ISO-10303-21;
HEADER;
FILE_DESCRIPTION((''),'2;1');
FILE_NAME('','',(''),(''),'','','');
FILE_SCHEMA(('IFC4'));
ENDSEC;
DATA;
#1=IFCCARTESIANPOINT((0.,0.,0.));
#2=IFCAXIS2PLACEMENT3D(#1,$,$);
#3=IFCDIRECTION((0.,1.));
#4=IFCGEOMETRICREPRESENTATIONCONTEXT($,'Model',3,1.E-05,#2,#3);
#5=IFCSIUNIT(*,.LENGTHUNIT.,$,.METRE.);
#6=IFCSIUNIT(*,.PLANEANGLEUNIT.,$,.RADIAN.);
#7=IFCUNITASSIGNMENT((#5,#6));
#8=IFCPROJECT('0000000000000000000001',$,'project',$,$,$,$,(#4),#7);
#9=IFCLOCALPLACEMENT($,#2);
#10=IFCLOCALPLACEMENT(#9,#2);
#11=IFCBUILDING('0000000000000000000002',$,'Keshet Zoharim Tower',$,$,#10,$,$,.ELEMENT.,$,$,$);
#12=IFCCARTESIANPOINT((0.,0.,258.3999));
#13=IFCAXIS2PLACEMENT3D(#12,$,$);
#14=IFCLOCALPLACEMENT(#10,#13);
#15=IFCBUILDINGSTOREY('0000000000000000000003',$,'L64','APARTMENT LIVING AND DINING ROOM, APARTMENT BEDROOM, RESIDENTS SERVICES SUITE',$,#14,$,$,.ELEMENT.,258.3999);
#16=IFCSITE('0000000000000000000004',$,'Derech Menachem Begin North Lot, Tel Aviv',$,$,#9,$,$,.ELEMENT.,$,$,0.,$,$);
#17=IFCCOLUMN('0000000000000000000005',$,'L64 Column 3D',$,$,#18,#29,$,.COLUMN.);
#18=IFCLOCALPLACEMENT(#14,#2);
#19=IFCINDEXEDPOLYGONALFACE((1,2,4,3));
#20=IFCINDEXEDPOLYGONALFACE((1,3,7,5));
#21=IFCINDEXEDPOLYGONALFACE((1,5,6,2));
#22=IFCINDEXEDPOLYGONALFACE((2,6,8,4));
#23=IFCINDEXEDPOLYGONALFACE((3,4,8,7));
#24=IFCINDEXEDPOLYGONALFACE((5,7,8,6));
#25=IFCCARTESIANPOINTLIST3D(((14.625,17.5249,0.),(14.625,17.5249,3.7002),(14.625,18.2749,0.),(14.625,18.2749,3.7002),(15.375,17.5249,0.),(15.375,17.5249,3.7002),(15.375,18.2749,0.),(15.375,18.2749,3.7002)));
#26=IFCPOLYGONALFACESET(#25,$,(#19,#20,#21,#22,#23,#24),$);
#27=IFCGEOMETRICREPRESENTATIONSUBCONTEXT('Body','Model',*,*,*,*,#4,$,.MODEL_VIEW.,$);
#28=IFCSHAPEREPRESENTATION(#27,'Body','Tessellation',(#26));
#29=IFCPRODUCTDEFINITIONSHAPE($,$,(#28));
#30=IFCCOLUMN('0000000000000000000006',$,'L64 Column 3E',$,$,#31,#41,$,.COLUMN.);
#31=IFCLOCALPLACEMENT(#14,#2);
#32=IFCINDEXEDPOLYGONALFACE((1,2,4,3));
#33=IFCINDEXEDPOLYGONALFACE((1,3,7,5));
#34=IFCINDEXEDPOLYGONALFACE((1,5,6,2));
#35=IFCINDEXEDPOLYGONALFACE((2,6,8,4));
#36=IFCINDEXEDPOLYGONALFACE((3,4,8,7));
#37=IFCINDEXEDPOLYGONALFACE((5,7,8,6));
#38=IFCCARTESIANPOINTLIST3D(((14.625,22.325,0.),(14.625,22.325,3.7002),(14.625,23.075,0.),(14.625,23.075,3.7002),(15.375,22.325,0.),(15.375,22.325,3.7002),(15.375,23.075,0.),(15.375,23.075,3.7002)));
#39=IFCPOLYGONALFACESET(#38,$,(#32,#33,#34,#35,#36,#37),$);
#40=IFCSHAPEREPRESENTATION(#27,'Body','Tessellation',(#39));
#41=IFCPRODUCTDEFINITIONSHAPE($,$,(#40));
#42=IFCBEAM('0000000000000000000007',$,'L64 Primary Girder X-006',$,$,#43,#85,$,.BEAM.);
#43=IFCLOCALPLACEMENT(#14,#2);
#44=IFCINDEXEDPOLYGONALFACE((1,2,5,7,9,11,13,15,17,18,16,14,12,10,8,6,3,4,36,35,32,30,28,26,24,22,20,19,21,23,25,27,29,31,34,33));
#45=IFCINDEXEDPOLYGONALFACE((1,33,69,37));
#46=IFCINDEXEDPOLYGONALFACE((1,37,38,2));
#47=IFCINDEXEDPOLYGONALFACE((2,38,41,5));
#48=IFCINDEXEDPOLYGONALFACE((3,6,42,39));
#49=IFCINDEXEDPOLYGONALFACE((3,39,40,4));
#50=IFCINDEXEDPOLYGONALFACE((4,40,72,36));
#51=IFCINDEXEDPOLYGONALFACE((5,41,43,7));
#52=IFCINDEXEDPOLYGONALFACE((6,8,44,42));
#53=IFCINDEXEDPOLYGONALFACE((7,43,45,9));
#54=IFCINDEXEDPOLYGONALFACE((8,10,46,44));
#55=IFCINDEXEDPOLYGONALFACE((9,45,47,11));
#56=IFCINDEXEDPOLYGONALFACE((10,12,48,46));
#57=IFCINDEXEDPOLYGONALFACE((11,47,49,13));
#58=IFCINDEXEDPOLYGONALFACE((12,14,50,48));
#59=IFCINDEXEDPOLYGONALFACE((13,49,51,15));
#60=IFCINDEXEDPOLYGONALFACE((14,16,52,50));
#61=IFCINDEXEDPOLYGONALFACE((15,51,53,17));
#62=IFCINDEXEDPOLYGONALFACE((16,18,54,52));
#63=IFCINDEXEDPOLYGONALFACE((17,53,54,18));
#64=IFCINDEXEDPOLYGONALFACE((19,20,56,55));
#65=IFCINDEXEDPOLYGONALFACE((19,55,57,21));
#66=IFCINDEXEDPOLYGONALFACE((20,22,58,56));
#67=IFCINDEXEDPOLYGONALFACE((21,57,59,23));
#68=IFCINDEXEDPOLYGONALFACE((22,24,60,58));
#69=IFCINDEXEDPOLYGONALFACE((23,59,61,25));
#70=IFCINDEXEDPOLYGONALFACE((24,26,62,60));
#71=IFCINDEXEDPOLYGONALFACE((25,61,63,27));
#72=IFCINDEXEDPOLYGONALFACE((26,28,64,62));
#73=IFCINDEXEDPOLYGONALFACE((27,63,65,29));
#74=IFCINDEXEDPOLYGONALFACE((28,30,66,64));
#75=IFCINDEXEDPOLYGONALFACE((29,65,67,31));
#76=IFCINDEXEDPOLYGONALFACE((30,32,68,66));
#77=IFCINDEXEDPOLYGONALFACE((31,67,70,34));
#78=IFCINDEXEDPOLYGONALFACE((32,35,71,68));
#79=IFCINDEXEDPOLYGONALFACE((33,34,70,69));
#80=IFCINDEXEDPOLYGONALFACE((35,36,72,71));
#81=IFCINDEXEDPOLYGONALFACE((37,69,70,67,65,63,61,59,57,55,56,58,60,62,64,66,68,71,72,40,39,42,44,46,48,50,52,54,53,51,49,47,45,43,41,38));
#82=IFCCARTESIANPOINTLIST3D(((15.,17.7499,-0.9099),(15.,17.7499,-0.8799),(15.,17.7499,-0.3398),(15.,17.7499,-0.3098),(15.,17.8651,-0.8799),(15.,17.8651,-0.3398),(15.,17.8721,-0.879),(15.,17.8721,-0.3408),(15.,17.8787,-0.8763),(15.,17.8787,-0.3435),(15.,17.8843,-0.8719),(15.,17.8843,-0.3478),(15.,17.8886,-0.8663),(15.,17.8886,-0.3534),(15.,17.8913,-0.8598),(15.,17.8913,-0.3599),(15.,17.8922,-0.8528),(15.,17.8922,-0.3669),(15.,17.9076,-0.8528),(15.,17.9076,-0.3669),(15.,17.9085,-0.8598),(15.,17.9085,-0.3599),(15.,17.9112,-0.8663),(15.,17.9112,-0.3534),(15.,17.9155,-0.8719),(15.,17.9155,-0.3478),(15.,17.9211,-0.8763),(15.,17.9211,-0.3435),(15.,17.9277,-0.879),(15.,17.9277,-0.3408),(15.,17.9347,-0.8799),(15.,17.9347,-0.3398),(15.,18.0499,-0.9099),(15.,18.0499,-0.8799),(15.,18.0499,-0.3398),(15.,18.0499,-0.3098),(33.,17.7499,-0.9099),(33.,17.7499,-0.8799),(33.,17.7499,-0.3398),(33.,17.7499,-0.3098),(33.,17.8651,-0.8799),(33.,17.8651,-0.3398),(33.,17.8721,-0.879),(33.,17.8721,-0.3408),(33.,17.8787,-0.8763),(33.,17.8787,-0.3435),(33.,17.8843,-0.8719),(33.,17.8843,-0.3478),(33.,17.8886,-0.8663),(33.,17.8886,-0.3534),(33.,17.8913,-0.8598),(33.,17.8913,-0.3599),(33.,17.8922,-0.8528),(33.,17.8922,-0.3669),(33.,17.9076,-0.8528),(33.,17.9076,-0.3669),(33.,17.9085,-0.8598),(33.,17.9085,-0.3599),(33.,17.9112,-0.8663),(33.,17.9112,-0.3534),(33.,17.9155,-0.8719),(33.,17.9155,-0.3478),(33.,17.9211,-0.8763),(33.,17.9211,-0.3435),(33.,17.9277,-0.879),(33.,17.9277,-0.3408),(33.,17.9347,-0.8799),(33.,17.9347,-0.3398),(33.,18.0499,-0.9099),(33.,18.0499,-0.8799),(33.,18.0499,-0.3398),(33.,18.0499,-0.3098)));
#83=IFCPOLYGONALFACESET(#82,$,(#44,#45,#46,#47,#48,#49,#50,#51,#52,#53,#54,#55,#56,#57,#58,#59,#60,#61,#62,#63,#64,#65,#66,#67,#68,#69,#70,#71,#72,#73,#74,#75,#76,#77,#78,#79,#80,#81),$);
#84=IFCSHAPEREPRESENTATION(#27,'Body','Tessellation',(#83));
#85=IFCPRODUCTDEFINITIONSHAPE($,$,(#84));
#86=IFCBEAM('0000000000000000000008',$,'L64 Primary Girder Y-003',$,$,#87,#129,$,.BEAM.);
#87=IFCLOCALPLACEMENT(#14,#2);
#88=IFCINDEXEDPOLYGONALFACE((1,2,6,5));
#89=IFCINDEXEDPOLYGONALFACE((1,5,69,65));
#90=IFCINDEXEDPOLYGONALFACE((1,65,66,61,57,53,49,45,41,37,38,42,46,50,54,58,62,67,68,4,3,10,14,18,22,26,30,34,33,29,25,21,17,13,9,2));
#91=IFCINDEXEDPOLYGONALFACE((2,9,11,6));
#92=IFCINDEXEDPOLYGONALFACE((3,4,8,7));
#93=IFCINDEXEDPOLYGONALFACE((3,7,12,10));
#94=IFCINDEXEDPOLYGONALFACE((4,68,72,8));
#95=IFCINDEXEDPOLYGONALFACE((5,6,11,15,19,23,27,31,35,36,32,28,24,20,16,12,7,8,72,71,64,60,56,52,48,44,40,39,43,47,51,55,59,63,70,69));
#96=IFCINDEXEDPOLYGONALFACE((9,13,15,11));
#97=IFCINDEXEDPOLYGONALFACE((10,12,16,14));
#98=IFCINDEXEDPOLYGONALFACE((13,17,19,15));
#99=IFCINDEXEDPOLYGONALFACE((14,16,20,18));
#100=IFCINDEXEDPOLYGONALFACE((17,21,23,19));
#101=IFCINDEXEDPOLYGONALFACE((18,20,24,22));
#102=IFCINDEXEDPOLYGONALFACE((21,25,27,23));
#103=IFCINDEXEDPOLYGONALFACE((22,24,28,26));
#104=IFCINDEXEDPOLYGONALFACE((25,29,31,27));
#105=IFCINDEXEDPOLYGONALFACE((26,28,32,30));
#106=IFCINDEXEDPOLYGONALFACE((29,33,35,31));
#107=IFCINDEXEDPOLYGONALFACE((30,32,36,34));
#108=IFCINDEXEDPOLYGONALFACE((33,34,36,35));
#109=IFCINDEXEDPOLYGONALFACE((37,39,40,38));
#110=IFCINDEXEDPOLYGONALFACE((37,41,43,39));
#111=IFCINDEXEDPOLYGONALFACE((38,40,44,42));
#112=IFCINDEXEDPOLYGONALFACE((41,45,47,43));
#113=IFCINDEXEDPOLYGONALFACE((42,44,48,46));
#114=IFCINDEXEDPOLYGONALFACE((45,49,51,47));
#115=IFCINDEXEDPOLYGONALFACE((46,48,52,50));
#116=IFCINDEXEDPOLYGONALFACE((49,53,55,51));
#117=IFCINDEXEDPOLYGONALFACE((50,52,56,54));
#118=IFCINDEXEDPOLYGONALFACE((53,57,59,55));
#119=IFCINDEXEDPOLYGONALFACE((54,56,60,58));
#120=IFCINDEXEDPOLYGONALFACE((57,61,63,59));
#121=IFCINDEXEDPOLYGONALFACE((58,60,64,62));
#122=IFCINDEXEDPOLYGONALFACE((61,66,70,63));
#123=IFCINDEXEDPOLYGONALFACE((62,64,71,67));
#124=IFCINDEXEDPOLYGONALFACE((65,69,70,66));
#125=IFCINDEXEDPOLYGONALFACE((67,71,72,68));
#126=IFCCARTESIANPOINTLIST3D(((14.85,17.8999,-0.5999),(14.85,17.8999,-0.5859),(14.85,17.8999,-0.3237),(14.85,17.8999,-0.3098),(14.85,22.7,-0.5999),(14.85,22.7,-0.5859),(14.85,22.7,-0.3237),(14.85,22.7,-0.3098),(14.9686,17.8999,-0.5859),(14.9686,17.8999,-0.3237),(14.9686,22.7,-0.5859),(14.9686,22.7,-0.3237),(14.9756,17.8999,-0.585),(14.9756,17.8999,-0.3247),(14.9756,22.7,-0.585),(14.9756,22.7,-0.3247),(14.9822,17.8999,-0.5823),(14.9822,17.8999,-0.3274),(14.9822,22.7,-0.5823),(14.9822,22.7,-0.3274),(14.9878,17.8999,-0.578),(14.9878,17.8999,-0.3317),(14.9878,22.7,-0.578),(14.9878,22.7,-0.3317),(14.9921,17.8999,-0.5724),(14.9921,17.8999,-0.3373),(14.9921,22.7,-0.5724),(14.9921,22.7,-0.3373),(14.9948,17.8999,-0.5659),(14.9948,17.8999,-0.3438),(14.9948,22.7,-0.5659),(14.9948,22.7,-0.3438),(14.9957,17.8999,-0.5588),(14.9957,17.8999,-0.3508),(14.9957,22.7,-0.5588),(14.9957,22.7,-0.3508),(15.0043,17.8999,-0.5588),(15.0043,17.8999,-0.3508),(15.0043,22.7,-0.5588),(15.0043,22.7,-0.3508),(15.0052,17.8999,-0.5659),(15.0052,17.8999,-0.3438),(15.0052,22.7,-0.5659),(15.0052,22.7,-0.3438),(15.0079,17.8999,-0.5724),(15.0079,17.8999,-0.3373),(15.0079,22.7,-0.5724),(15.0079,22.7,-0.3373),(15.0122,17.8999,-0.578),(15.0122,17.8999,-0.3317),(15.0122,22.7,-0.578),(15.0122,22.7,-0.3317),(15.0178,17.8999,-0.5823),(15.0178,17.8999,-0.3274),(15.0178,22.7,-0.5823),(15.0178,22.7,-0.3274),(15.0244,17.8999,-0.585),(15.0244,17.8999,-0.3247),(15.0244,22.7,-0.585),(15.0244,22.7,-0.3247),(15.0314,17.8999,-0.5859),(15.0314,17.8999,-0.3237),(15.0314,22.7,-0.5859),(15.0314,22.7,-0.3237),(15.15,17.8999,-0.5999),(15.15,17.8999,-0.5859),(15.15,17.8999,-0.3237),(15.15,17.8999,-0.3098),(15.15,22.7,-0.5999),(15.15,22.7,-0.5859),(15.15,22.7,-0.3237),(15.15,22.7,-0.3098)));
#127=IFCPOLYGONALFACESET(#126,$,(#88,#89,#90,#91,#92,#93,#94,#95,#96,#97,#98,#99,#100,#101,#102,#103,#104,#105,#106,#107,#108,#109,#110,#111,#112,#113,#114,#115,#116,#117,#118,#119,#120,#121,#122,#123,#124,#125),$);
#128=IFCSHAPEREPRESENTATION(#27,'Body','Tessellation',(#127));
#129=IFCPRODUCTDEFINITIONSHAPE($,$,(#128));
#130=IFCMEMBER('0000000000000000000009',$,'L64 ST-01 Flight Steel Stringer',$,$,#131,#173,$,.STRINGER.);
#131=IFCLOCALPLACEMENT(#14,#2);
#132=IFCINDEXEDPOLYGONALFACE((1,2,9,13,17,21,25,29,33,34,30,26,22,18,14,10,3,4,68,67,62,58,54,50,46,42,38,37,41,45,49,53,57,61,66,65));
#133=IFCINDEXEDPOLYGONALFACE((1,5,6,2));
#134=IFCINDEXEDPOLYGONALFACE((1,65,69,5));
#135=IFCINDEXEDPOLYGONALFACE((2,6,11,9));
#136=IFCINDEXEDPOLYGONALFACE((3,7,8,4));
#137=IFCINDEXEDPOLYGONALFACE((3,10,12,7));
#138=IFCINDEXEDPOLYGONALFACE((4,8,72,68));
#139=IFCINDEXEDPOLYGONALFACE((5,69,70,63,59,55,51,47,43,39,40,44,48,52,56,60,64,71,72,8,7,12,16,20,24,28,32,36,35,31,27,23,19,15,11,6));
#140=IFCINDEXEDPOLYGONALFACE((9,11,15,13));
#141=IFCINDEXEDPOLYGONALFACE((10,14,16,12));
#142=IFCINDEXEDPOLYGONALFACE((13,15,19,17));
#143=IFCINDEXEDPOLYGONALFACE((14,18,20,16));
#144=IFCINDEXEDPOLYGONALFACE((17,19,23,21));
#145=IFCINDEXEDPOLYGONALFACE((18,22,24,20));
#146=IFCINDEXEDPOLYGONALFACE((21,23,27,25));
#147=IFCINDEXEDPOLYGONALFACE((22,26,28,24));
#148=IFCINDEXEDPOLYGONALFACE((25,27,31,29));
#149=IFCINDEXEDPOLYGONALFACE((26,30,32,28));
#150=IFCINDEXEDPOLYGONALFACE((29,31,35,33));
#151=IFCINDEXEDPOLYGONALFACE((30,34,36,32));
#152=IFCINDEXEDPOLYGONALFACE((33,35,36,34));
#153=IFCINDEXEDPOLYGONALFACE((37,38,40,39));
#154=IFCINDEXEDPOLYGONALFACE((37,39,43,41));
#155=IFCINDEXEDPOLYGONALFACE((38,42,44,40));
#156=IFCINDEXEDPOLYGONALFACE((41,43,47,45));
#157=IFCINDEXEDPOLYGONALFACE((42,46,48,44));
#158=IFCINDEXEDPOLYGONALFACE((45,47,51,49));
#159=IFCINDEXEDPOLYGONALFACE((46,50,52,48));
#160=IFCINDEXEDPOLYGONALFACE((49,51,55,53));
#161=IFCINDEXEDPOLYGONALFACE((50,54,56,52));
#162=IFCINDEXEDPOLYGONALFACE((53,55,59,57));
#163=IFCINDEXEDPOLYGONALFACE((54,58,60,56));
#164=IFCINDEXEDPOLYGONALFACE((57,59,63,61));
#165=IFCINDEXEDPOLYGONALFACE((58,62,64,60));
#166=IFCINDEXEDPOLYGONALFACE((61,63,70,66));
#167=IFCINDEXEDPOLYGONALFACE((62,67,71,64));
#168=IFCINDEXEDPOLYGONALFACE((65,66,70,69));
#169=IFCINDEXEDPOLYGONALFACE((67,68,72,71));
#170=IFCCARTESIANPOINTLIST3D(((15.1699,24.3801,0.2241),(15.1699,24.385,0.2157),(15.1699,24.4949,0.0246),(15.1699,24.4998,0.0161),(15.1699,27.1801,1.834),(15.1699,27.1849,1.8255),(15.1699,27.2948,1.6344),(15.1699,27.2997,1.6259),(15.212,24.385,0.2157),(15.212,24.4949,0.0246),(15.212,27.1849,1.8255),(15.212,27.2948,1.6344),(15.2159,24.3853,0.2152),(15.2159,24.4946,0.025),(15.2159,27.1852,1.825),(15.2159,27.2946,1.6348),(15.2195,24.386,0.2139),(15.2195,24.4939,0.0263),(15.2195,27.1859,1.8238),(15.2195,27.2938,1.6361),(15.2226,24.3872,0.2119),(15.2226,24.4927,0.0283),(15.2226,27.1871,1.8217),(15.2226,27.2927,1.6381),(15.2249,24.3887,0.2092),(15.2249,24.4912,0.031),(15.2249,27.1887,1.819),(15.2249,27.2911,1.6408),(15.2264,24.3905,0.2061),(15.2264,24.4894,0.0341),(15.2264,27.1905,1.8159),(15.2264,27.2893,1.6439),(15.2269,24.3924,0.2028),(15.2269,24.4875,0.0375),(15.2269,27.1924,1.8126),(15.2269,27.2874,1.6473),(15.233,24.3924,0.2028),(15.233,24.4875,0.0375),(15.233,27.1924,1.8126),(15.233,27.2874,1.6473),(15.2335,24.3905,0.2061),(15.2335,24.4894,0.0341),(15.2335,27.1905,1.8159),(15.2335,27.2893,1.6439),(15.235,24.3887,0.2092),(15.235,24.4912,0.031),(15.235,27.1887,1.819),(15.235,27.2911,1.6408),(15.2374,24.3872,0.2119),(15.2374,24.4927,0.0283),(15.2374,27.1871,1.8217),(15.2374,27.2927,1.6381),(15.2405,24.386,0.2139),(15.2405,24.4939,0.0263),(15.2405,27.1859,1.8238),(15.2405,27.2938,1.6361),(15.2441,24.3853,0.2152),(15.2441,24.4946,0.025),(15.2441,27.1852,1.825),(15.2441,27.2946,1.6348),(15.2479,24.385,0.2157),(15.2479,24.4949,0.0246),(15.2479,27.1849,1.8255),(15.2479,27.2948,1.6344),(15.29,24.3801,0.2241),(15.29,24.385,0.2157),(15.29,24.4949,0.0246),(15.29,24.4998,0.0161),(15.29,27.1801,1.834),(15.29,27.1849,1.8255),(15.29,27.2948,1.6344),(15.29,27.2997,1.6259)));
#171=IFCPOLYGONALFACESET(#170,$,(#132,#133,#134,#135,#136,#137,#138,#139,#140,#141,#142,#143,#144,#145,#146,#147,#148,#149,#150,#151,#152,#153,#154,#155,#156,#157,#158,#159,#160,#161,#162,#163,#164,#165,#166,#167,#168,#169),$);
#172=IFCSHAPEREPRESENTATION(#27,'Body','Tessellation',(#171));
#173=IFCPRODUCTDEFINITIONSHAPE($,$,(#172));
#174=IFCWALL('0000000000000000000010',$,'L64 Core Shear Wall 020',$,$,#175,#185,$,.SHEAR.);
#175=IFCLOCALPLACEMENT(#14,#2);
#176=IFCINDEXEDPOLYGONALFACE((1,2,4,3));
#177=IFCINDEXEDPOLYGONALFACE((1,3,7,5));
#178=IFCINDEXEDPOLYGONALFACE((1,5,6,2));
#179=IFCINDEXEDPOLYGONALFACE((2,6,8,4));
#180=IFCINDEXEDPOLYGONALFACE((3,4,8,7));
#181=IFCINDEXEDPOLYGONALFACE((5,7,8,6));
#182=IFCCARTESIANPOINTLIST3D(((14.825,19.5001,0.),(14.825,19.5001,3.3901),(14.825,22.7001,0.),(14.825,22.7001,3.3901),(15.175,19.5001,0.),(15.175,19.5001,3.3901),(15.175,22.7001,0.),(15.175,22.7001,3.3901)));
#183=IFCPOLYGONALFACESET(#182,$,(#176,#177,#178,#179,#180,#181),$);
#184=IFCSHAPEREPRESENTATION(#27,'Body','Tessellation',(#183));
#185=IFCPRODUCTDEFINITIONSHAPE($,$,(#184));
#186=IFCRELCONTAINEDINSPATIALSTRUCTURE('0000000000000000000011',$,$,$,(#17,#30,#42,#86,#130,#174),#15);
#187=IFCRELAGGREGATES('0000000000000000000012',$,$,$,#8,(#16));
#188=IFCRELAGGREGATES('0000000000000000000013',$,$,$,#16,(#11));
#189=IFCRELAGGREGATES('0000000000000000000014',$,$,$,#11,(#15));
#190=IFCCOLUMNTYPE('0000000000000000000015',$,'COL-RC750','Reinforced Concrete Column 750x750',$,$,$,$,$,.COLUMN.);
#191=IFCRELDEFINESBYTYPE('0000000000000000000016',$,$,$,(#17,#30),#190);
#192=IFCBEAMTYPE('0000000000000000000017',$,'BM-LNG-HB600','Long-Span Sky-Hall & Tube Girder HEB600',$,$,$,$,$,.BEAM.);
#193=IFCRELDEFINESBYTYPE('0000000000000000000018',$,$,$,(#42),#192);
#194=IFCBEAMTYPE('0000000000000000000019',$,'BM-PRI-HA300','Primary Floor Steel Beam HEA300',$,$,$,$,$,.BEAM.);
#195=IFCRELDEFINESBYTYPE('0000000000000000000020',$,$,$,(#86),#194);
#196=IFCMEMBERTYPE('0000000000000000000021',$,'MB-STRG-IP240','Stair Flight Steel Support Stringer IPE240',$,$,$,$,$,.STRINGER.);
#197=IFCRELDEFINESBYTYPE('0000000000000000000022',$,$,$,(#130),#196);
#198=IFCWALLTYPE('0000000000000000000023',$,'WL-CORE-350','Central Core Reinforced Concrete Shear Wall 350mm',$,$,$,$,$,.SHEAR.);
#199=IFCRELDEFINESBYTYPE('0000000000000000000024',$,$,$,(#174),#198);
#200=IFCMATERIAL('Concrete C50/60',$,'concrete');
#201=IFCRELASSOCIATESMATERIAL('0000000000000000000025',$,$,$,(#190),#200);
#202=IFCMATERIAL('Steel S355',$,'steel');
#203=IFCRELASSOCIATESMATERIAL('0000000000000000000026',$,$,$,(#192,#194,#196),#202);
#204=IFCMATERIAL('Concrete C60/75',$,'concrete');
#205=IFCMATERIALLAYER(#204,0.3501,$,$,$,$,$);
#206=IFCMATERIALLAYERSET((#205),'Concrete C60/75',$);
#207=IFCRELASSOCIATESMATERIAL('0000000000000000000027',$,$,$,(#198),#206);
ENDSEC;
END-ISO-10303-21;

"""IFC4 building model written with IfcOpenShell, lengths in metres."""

from ifc_helpers import new_model, si_unit, direction, frame, frame_2d, origin, origin_2d, place, context, subcontext, project, spatial, rectangle, i_section, extrude, material, layer, layer_set, material_profile, profile_set, type_object, element, save


model = new_model("IFC4")

# Units and contexts
model_context = context("Model", 3, precision=1e-05, world=origin(), true_north=direction((0.0, 1.0)))
body_context = subcontext(model_context, "Body", "Model", "MODEL_VIEW")
ifc_project = project(units=[si_unit("LENGTHUNIT", "METRE"), si_unit("PLANEANGLEUNIT", "RADIAN")], contexts=[model_context])

# Site, building, storey
site_placement = place(None, origin())
site = spatial("IfcSite", under=ifc_project, at=site_placement, Name="Derech Menachem Begin North Lot, Tel Aviv", CompositionType="ELEMENT", RefElevation=0.0)
building_placement = place(site_placement, origin())
building = spatial("IfcBuilding", under=site, at=building_placement, Name="Keshet Zoharim Tower", CompositionType="ELEMENT")
storey_placement = place(building_placement, frame((0.0, 0.0, 258.3999)))
storey = spatial("IfcBuildingStorey", under=building, at=storey_placement, Name="L64", Description="APARTMENT LIVING AND DINING ROOM, APARTMENT BEDROOM, RESIDENTS SERVICES SUITE", CompositionType="ELEMENT", Elevation=258.3999)

# Columns
ifc_material_1 = material(Name="Concrete C50/60", Category="concrete")
ifc_material_profile_1 = material_profile(ifc_material_1, rectangle(XDim=0.75, YDim=0.75, at=origin_2d()), Name="RC750x750")
ifc_profile_set_1 = profile_set([ifc_material_profile_1], Name="Concrete C50/60")
column_type = type_object("IfcColumnType", Name="COL-RC750", Description="Reinforced Concrete Column 750x750", PredefinedType="COLUMN", material=ifc_profile_set_1)
for number, where, z_axis, x_axis, name in (
    (1, (15.0, 17.8999, 0.0), (0.0, 0.0, 1.0), (1.0, 0.0, 0.0), "L64 Column 3D"),
    (2, (15.0, 22.7, 0.0), (0.0, 0.0, 1.0), (1.0, 0.0, 0.0), "L64 Column 3E"),
):
    element("IfcColumn", number, at=place(storey_placement, frame(where, z_axis=z_axis, x_axis=x_axis)), inside=storey, type_object=column_type, Name=name, PredefinedType="COLUMN", context=body_context, shape_type="SweptSolid", body=[
        extrude(rectangle(XDim=0.75, YDim=0.75, at=origin_2d()), origin(), (0.0, 0.0, 1.0), 3.7002),
    ])

# Beams
ifc_material_2 = material(Name="Steel S355", Category="steel")
ifc_material_profile_2 = material_profile(ifc_material_2, i_section(OverallWidth=0.3, OverallDepth=0.6001, WebThickness=0.0154, FlangeThickness=0.03, FilletRadius=0.0271, at=origin_2d()), Name="HEB600")
ifc_profile_set_2 = profile_set([ifc_material_profile_2], Name="Steel S355")
beam_type_1 = type_object("IfcBeamType", Name="BM-LNG-HB600", Description="Long-Span Sky-Hall & Tube Girder HEB600", PredefinedType="BEAM", material=ifc_profile_set_2)
beam_1_placement = place(storey_placement, frame((15.0, 17.8999, -0.6099), z_axis=(1.0, 0.0, 0.0), x_axis=(0.0, 1.0, 0.0)))
element("IfcBeam", 3, at=beam_1_placement, inside=storey, type_object=beam_type_1, Name="L64 Primary Girder X-006", PredefinedType="BEAM", context=body_context, shape_type="SweptSolid", body=[
    extrude(i_section(OverallWidth=0.3, OverallDepth=0.6001, WebThickness=0.0154, FlangeThickness=0.03, FilletRadius=0.0271, at=origin_2d()), origin(), (0.0, 0.0, 1.0), 18.0),
])
ifc_material_profile_3 = material_profile(ifc_material_2, i_section(OverallWidth=0.3, OverallDepth=0.29, WebThickness=0.0085, FlangeThickness=0.0139, FilletRadius=0.0271, at=origin_2d()), Name="HEA300")
ifc_profile_set_3 = profile_set([ifc_material_profile_3], Name="Steel S355")
beam_type_2 = type_object("IfcBeamType", Name="BM-PRI-HA300", Description="Primary Floor Steel Beam HEA300", PredefinedType="BEAM", material=ifc_profile_set_3)
beam_2_placement = place(storey_placement, frame((15.0, 17.8999, -0.4548), z_axis=(0.0, 1.0, 0.0), x_axis=(-1.0, 0.0, 0.0)))
element("IfcBeam", 4, at=beam_2_placement, inside=storey, type_object=beam_type_2, Name="L64 Primary Girder Y-003", PredefinedType="BEAM", context=body_context, shape_type="SweptSolid", body=[
    extrude(i_section(OverallWidth=0.3, OverallDepth=0.29, WebThickness=0.0085, FlangeThickness=0.0139, FilletRadius=0.0271, at=origin_2d()), origin(), (0.0, 0.0, 1.0), 4.8),
])

# Member
ifc_material_profile_4 = material_profile(ifc_material_2, i_section(OverallWidth=0.1201, OverallDepth=0.24, WebThickness=0.0061, FlangeThickness=0.0098, FilletRadius=0.0149, at=origin_2d()), Name="IPE240")
ifc_profile_set_4 = profile_set([ifc_material_profile_4], Name="Steel S355")
member_type = type_object("IfcMemberType", Name="MB-STRG-IP240", Description="Stair Flight Steel Support Stringer IPE240", PredefinedType="STRINGER", material=ifc_profile_set_4)
member_placement = place(storey_placement, frame((15.23, 24.4399, 0.1201), z_axis=(0.0, 0.866928, 0.498433), x_axis=(-1.0, 0.0, 0.0)))
element("IfcMember", 5, at=member_placement, inside=storey, type_object=member_type, Name="L64 ST-01 Flight Steel Stringer", PredefinedType="STRINGER", context=body_context, shape_type="SweptSolid", body=[
    extrude(i_section(OverallWidth=0.1201, OverallDepth=0.24, WebThickness=0.0061, FlangeThickness=0.0098, FilletRadius=0.0149, at=origin_2d()), origin(), (0.0, 0.0, 1.0), 3.2297),
])

# Wall
ifc_material_3 = material(Name="Concrete C60/75", Category="concrete")
ifc_layer_1 = layer(ifc_material_3, 0.3501)
ifc_layer_set_1 = layer_set([ifc_layer_1], Name="Concrete C60/75")
wall_type_1 = type_object("IfcWallType", Name="WL-CORE-350", Description="Central Core Reinforced Concrete Shear Wall 350mm", PredefinedType="SHEAR", material=ifc_layer_set_1)
wall_1_placement = place(storey_placement, frame((15.0, 19.5, 0.0), z_axis=(0.0, 0.0, 1.0), x_axis=(0.0, 1.0, 0.0)))
element("IfcWall", 6, at=wall_1_placement, inside=storey, type_object=wall_type_1, Name="L64 Core Shear Wall 020", PredefinedType="SHEAR", context=body_context, shape_type="SweptSolid", body=[
    extrude(rectangle(XDim=3.2, YDim=0.3501, at=frame_2d((1.6001, 0.0))), origin(), (0.0, 0.0, 1.0), 3.3901),
])

save(model, "model.ifc")
